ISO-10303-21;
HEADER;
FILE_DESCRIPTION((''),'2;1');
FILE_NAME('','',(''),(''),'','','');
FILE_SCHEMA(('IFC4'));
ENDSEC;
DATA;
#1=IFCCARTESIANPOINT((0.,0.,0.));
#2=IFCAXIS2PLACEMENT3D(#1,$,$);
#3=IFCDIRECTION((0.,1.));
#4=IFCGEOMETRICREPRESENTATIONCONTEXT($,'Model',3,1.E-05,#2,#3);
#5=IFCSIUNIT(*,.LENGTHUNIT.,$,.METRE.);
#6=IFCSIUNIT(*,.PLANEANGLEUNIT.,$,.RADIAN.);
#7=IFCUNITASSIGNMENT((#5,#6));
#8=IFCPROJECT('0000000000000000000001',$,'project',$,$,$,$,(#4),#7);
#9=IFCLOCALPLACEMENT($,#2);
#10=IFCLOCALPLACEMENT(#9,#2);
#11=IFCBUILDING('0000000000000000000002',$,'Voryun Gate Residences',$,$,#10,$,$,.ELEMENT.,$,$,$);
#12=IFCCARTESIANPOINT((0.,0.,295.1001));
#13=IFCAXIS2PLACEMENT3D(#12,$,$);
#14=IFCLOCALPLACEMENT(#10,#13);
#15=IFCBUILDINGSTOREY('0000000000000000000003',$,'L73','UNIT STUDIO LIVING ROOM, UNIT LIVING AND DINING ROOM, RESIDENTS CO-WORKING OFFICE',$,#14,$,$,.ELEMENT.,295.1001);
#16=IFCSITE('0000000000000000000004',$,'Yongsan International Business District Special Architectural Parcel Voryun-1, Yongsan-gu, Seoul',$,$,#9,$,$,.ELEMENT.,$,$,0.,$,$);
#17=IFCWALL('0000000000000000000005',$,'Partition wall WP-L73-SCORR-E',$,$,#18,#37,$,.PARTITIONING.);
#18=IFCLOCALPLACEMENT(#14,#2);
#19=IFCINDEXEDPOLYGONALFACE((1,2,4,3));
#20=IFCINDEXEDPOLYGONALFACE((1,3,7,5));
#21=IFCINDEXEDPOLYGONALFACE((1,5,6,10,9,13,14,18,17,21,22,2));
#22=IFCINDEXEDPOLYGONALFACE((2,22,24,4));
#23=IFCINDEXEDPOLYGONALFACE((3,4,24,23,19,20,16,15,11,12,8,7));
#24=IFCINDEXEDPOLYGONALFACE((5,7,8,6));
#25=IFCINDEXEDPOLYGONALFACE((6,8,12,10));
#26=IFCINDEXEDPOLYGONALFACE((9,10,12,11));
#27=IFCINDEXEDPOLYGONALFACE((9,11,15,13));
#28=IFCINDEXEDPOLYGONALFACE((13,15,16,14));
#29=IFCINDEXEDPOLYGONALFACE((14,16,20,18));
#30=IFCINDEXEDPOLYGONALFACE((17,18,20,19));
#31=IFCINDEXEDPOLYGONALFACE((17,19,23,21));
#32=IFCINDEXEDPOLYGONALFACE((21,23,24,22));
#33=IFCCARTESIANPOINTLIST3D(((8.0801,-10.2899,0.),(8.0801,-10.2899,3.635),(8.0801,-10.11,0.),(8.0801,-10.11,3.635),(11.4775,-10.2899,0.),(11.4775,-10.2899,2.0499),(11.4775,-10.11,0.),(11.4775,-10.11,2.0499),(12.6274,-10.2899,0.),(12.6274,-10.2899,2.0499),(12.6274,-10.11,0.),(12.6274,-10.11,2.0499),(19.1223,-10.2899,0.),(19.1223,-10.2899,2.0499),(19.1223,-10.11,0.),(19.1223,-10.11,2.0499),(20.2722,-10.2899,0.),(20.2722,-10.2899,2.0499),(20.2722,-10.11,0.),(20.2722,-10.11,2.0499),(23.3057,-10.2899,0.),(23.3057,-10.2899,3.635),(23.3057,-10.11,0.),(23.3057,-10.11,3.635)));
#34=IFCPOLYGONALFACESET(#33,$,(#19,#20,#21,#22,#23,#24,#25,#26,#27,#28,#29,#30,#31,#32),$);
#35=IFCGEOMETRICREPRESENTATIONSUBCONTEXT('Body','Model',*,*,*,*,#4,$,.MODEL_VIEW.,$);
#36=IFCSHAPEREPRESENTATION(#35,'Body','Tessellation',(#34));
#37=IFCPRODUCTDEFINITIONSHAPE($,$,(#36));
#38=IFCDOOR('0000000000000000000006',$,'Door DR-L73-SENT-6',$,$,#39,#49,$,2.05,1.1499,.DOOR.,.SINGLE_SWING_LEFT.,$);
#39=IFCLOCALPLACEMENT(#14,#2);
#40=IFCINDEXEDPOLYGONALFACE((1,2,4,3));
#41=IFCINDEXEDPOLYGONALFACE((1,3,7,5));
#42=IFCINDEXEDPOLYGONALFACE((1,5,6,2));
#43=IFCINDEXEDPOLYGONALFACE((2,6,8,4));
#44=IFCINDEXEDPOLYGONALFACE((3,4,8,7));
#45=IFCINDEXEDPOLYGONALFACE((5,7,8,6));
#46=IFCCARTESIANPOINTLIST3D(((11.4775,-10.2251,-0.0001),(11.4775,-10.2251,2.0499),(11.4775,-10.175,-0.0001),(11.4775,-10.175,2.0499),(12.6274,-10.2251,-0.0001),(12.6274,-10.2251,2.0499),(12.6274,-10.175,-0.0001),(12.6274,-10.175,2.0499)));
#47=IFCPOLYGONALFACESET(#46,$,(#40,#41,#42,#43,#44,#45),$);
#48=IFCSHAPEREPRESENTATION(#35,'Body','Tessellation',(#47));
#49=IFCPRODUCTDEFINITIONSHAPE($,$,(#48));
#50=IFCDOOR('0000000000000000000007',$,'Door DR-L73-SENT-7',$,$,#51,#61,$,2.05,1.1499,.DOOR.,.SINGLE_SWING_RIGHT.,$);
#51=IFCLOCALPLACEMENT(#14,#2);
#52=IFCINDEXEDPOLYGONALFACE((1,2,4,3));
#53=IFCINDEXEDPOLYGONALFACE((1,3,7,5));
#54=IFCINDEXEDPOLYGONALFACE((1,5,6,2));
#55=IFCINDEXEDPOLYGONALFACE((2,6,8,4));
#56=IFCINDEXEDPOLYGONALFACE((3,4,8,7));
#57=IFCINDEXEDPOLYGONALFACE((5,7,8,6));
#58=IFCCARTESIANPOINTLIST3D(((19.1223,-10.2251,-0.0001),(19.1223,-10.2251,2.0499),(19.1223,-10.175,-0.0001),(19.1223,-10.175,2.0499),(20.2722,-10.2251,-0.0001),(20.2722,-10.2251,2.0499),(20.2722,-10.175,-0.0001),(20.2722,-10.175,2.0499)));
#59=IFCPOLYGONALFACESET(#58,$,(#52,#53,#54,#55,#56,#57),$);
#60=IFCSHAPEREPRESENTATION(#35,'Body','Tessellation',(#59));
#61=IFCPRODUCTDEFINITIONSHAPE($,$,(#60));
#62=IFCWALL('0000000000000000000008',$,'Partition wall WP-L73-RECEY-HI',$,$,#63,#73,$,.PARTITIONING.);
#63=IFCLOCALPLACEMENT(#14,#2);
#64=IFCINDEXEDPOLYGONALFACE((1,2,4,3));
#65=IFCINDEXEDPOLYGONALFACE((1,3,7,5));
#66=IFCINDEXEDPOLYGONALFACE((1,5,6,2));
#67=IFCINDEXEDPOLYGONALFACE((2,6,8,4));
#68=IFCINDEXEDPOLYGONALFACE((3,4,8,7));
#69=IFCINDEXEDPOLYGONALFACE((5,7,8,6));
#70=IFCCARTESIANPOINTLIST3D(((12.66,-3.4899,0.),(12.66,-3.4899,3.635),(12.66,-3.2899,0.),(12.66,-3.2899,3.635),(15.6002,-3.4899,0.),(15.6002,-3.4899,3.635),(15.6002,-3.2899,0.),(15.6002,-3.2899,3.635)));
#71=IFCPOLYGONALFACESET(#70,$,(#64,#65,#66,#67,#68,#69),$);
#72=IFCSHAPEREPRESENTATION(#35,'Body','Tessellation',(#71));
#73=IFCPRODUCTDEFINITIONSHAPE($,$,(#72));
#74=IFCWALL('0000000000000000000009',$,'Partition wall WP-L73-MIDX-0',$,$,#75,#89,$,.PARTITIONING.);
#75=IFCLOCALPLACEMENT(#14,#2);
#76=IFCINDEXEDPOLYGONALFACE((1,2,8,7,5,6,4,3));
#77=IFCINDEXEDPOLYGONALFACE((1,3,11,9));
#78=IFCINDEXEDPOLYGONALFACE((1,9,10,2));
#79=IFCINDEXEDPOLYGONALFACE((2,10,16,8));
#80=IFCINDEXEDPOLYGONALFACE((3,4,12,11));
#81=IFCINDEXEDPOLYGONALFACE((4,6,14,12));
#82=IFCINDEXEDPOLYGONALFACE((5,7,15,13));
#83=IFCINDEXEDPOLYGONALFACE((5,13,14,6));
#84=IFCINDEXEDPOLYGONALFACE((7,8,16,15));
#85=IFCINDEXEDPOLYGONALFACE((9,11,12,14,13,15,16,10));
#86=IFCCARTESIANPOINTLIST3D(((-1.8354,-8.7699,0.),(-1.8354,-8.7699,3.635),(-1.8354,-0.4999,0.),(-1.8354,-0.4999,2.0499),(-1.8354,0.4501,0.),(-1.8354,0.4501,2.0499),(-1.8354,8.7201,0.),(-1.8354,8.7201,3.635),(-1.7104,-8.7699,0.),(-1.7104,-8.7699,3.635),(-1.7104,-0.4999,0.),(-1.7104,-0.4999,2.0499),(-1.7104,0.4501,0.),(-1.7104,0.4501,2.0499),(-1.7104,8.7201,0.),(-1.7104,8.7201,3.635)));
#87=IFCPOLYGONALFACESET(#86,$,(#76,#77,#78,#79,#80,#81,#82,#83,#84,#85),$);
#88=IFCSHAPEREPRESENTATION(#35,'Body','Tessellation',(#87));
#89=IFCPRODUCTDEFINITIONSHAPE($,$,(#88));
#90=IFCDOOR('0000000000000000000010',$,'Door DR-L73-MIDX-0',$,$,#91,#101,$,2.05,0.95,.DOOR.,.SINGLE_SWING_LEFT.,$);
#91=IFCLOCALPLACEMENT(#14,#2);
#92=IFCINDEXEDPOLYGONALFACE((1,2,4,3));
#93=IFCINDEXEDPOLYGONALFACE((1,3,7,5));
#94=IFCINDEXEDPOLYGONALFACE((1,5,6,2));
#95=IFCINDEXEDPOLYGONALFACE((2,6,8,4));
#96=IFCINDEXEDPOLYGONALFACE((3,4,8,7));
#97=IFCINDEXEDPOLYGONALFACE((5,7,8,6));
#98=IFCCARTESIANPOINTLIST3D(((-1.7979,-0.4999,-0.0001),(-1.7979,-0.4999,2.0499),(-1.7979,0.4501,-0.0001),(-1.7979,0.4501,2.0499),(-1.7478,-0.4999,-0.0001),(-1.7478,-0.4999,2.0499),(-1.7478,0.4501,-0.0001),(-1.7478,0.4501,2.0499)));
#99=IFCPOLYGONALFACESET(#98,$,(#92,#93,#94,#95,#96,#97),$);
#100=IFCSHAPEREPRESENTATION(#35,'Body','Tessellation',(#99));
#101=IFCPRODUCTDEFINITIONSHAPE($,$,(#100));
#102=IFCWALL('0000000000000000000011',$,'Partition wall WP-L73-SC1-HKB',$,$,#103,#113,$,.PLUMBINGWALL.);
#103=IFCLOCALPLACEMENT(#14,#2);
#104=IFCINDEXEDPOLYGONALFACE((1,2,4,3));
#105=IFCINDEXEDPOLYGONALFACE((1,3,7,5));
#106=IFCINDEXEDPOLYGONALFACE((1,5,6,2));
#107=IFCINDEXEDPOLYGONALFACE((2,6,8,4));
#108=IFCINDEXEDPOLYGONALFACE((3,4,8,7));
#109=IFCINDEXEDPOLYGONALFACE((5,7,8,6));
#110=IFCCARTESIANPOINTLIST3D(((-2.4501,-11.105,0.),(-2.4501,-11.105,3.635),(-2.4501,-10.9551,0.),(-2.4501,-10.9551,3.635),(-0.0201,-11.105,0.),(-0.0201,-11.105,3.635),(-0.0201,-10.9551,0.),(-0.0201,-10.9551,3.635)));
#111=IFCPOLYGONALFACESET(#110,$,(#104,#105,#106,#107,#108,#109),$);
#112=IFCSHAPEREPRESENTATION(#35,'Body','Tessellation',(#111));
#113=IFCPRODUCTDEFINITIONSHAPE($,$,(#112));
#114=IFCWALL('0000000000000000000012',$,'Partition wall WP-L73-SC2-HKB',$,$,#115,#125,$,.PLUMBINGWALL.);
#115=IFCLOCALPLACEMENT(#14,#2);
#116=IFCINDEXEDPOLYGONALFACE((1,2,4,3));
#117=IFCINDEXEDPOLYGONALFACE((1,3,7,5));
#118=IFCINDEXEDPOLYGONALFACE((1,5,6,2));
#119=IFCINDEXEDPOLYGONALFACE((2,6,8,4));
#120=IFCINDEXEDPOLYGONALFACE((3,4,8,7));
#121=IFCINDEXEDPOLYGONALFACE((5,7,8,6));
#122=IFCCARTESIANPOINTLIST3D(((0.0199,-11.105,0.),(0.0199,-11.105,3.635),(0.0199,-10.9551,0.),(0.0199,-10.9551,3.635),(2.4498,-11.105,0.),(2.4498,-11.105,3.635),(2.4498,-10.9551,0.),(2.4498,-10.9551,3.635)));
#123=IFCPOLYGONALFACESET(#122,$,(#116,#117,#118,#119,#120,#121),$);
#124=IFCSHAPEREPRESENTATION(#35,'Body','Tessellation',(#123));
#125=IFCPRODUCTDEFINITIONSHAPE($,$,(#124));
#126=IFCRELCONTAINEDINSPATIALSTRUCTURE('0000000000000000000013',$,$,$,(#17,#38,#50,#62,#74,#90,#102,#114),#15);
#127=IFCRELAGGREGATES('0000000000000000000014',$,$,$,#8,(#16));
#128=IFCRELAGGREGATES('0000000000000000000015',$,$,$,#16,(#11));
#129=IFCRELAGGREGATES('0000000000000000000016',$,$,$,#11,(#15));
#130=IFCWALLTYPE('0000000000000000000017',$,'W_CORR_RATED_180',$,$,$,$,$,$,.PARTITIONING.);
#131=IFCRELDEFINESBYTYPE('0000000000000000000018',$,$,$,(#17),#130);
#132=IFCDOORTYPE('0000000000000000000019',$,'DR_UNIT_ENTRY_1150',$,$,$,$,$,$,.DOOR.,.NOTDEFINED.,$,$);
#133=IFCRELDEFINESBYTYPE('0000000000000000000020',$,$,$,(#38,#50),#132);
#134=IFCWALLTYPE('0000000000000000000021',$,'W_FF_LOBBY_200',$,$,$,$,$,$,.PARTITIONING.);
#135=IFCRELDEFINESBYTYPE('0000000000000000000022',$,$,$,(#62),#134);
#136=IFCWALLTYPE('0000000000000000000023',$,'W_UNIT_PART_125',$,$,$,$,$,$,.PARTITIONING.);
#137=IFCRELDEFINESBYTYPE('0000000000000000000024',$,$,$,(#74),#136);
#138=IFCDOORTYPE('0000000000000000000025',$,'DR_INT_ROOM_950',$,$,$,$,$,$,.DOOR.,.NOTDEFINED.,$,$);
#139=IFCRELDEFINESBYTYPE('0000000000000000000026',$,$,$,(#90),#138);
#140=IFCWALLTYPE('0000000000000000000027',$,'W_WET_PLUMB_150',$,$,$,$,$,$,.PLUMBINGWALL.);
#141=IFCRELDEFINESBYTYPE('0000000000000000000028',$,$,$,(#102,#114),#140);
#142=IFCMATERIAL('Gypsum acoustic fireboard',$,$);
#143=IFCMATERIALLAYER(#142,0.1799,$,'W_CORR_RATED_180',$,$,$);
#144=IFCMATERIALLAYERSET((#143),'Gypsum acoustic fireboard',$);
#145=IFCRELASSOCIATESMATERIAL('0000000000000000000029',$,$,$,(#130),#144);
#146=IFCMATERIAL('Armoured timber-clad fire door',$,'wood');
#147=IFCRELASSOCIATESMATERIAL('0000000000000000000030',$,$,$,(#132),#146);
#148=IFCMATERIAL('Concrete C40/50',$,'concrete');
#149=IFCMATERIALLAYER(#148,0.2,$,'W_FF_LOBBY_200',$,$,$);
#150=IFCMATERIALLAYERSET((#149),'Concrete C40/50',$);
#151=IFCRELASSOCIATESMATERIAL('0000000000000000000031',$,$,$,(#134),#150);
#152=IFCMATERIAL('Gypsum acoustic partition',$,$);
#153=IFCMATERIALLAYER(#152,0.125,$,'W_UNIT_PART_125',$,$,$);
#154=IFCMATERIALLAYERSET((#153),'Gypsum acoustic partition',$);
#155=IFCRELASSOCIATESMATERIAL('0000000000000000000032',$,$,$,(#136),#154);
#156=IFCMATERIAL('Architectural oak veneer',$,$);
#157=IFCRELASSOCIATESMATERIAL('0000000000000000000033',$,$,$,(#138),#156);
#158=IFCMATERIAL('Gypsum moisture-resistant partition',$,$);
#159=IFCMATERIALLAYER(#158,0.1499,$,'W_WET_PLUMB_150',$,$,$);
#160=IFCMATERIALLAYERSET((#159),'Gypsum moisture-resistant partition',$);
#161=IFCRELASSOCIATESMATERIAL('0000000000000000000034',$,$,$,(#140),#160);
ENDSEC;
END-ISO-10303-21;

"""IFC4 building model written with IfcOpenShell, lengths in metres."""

from ifc_helpers import new_model, si_unit, direction, frame, frame_2d, origin, place, context, subcontext, project, spatial, rectangle, extrude, material, layer, layer_set, type_object, element, fill, save


model = new_model("IFC4")

# Units and contexts
model_context = context("Model", 3, precision=1e-05, world=origin(), true_north=direction((0.0, 1.0)))
body_context = subcontext(model_context, "Body", "Model", "MODEL_VIEW")
ifc_project = project(units=[si_unit("LENGTHUNIT", "METRE"), si_unit("PLANEANGLEUNIT", "RADIAN")], contexts=[model_context])

# Site, building, storey
site_placement = place(None, origin())
site = spatial("IfcSite", under=ifc_project, at=site_placement, Name="Yongsan International Business District Special Architectural Parcel Voryun-1, Yongsan-gu, Seoul", CompositionType="ELEMENT", RefElevation=0.0)
building_placement = place(site_placement, origin())
building = spatial("IfcBuilding", under=site, at=building_placement, Name="Voryun Gate Residences", CompositionType="ELEMENT")
storey_placement = place(building_placement, frame((0.0, 0.0, 295.1001)))
storey = spatial("IfcBuildingStorey", under=building, at=storey_placement, Name="L73", Description="UNIT STUDIO LIVING ROOM, UNIT LIVING AND DINING ROOM, RESIDENTS CO-WORKING OFFICE", CompositionType="ELEMENT", Elevation=295.1001)

# Shared definitions
ifc_material_1 = material(Name="Gypsum acoustic fireboard")
ifc_layer_1 = layer(ifc_material_1, 0.1799, Name="W_CORR_RATED_180")
ifc_layer_set_1 = layer_set([ifc_layer_1], Name="Gypsum acoustic fireboard")
wall_type_1 = type_object("IfcWallType", Name="W_CORR_RATED_180", PredefinedType="PARTITIONING", material=ifc_layer_set_1)

# Wall, openings, doors
wall_1_placement = place(storey_placement, frame((8.0801, -10.2, 0.0), z_axis=(0.0, 0.0, 1.0), x_axis=(1.0, 0.0, 0.0)))
wall_1 = element("IfcWall", 1, at=wall_1_placement, inside=storey, type_object=wall_type_1, Name="Partition wall WP-L73-SCORR-E", PredefinedType="PARTITIONING", context=body_context, shape_type="SweptSolid", body=[
    extrude(rectangle(XDim=15.2256, YDim=0.1799, at=frame_2d((7.6128, 0.0))), origin(), (0.0, 0.0, 1.0), 3.635),
])
opening_1_placement = place(wall_1_placement, frame((3.3975, 0.0, 0.0)))
opening_1 = element("IfcOpeningElement", 2, at=opening_1_placement, cuts=wall_1, PredefinedType="OPENING", context=body_context, shape_type="SweptSolid", body=[
    extrude(rectangle(XDim=1.1499, YDim=2.05, at=frame_2d((0.575, 1.0249))), frame((0.0, 0.0999, 0.0), z_axis=(0.0, -1.0, 0.0), x_axis=(1.0, 0.0, 0.0)), (0.0, 0.0, 1.0), 0.2),
])
opening_2_placement = place(wall_1_placement, frame((11.0422, 0.0, 0.0)))
opening_2 = element("IfcOpeningElement", 3, at=opening_2_placement, cuts=wall_1, PredefinedType="OPENING", context=body_context, shape_type="SweptSolid", body=[
    extrude(rectangle(XDim=1.1499, YDim=2.05, at=frame_2d((0.575, 1.0249))), frame((0.0, 0.0999, 0.0), z_axis=(0.0, -1.0, 0.0), x_axis=(1.0, 0.0, 0.0)), (0.0, 0.0, 1.0), 0.2),
])
ifc_material_2 = material(Name="Armoured timber-clad fire door", Category="wood")
door_type_1 = type_object("IfcDoorType", Name="DR_UNIT_ENTRY_1150", OperationType="NOTDEFINED", PredefinedType="DOOR", material=ifc_material_2)
door_1_placement = place(opening_1_placement, origin())
door_1 = element("IfcDoor", 4, at=door_1_placement, inside=storey, type_object=door_type_1, Name="Door DR-L73-SENT-6", OperationType="SINGLE_SWING_LEFT", OverallHeight=2.05, OverallWidth=1.1499, PredefinedType="DOOR", context=body_context, shape_type="SweptSolid", body=[
    extrude(rectangle(XDim=1.1499, YDim=2.05, at=frame_2d((0.575, 1.0249))), frame((0.0, 0.0249, 0.0), z_axis=(0.0, -1.0, 0.0), x_axis=(1.0, 0.0, 0.0)), (0.0, 0.0, 1.0), 0.05),
])
fill(opening_1, door_1)
door_2_placement = place(opening_2_placement, origin())
door_2 = element("IfcDoor", 5, at=door_2_placement, inside=storey, type_object=door_type_1, Name="Door DR-L73-SENT-7", OperationType="SINGLE_SWING_RIGHT", OverallHeight=2.05, OverallWidth=1.1499, PredefinedType="DOOR", context=body_context, shape_type="SweptSolid", body=[
    extrude(rectangle(XDim=1.1499, YDim=2.05, at=frame_2d((0.575, 1.0249))), frame((0.0, 0.0249, 0.0), z_axis=(0.0, -1.0, 0.0), x_axis=(1.0, 0.0, 0.0)), (0.0, 0.0, 1.0), 0.05),
])
fill(opening_2, door_2)

# Wall
ifc_material_3 = material(Name="Concrete C40/50", Category="concrete")
ifc_layer_2 = layer(ifc_material_3, 0.2, Name="W_FF_LOBBY_200")
ifc_layer_set_2 = layer_set([ifc_layer_2], Name="Concrete C40/50")
wall_type_2 = type_object("IfcWallType", Name="W_FF_LOBBY_200", PredefinedType="PARTITIONING", material=ifc_layer_set_2)
wall_2_placement = place(storey_placement, frame((12.6599, -3.3899, 0.0), z_axis=(0.0, 0.0, 1.0), x_axis=(1.0, 0.0, 0.0)))
element("IfcWall", 6, at=wall_2_placement, inside=storey, type_object=wall_type_2, Name="Partition wall WP-L73-RECEY-HI", PredefinedType="PARTITIONING", context=body_context, shape_type="SweptSolid", body=[
    extrude(rectangle(XDim=2.9402, YDim=0.2, at=frame_2d((1.4702, 0.0))), origin(), (0.0, 0.0, 1.0), 3.635),
])

# Wall, opening, door
ifc_material_4 = material(Name="Gypsum acoustic partition")
ifc_layer_3 = layer(ifc_material_4, 0.125, Name="W_UNIT_PART_125")
ifc_layer_set_3 = layer_set([ifc_layer_3], Name="Gypsum acoustic partition")
wall_type_3 = type_object("IfcWallType", Name="W_UNIT_PART_125", PredefinedType="PARTITIONING", material=ifc_layer_set_3)
wall_3_placement = place(storey_placement, frame((-1.7729, -8.77, 0.0), z_axis=(0.0, 0.0, 1.0), x_axis=(0.0, 1.0, 0.0)))
wall_3 = element("IfcWall", 7, at=wall_3_placement, inside=storey, type_object=wall_type_3, Name="Partition wall WP-L73-MIDX-0", PredefinedType="PARTITIONING", context=body_context, shape_type="SweptSolid", body=[
    extrude(rectangle(XDim=17.49, YDim=0.125, at=frame_2d((8.7451, 0.0))), origin(), (0.0, 0.0, 1.0), 3.635),
])
opening_3_placement = place(wall_3_placement, frame((8.27, 0.0, 0.0)))
opening_3 = element("IfcOpeningElement", 8, at=opening_3_placement, cuts=wall_3, PredefinedType="OPENING", context=body_context, shape_type="SweptSolid", body=[
    extrude(rectangle(XDim=0.95, YDim=2.05, at=frame_2d((0.4751, 1.0249))), frame((0.0, 0.0725, 0.0), z_axis=(0.0, -1.0, 0.0), x_axis=(1.0, 0.0, 0.0)), (0.0, 0.0, 1.0), 0.145),
])
ifc_material_5 = material(Name="Architectural oak veneer")
door_type_2 = type_object("IfcDoorType", Name="DR_INT_ROOM_950", OperationType="NOTDEFINED", PredefinedType="DOOR", material=ifc_material_5)
door_3_placement = place(opening_3_placement, origin())
door_3 = element("IfcDoor", 9, at=door_3_placement, inside=storey, type_object=door_type_2, Name="Door DR-L73-MIDX-0", OperationType="SINGLE_SWING_LEFT", OverallHeight=2.05, OverallWidth=0.95, PredefinedType="DOOR", context=body_context, shape_type="SweptSolid", body=[
    extrude(rectangle(XDim=0.95, YDim=2.05, at=frame_2d((0.4751, 1.0249))), frame((0.0, 0.0249, 0.0), z_axis=(0.0, -1.0, 0.0), x_axis=(1.0, 0.0, 0.0)), (0.0, 0.0, 1.0), 0.05),
])
fill(opening_3, door_3)

# Walls
ifc_material_6 = material(Name="Gypsum moisture-resistant partition")
ifc_layer_4 = layer(ifc_material_6, 0.1499, Name="W_WET_PLUMB_150")
ifc_layer_set_4 = layer_set([ifc_layer_4], Name="Gypsum moisture-resistant partition")
wall_type_4 = type_object("IfcWallType", Name="W_WET_PLUMB_150", PredefinedType="PLUMBINGWALL", material=ifc_layer_set_4)
for number, where, z_axis, x_axis, name in (
    (10, (-2.45, -11.03, 0.0), (0.0, 0.0, 1.0), (1.0, 0.0, 0.0), "Partition wall WP-L73-SC1-HKB"),
    (11, (0.02, -11.03, 0.0), (0.0, 0.0, 1.0), (1.0, 0.0, 0.0), "Partition wall WP-L73-SC2-HKB"),
):
    element("IfcWall", number, at=place(storey_placement, frame(where, z_axis=z_axis, x_axis=x_axis)), inside=storey, type_object=wall_type_4, Name=name, PredefinedType="PLUMBINGWALL", context=body_context, shape_type="SweptSolid", body=[
        extrude(rectangle(XDim=2.4299, YDim=0.1499, at=frame_2d((1.2148, 0.0))), origin(), (0.0, 0.0, 1.0), 3.635),
    ])

save(model, "model.ifc")
